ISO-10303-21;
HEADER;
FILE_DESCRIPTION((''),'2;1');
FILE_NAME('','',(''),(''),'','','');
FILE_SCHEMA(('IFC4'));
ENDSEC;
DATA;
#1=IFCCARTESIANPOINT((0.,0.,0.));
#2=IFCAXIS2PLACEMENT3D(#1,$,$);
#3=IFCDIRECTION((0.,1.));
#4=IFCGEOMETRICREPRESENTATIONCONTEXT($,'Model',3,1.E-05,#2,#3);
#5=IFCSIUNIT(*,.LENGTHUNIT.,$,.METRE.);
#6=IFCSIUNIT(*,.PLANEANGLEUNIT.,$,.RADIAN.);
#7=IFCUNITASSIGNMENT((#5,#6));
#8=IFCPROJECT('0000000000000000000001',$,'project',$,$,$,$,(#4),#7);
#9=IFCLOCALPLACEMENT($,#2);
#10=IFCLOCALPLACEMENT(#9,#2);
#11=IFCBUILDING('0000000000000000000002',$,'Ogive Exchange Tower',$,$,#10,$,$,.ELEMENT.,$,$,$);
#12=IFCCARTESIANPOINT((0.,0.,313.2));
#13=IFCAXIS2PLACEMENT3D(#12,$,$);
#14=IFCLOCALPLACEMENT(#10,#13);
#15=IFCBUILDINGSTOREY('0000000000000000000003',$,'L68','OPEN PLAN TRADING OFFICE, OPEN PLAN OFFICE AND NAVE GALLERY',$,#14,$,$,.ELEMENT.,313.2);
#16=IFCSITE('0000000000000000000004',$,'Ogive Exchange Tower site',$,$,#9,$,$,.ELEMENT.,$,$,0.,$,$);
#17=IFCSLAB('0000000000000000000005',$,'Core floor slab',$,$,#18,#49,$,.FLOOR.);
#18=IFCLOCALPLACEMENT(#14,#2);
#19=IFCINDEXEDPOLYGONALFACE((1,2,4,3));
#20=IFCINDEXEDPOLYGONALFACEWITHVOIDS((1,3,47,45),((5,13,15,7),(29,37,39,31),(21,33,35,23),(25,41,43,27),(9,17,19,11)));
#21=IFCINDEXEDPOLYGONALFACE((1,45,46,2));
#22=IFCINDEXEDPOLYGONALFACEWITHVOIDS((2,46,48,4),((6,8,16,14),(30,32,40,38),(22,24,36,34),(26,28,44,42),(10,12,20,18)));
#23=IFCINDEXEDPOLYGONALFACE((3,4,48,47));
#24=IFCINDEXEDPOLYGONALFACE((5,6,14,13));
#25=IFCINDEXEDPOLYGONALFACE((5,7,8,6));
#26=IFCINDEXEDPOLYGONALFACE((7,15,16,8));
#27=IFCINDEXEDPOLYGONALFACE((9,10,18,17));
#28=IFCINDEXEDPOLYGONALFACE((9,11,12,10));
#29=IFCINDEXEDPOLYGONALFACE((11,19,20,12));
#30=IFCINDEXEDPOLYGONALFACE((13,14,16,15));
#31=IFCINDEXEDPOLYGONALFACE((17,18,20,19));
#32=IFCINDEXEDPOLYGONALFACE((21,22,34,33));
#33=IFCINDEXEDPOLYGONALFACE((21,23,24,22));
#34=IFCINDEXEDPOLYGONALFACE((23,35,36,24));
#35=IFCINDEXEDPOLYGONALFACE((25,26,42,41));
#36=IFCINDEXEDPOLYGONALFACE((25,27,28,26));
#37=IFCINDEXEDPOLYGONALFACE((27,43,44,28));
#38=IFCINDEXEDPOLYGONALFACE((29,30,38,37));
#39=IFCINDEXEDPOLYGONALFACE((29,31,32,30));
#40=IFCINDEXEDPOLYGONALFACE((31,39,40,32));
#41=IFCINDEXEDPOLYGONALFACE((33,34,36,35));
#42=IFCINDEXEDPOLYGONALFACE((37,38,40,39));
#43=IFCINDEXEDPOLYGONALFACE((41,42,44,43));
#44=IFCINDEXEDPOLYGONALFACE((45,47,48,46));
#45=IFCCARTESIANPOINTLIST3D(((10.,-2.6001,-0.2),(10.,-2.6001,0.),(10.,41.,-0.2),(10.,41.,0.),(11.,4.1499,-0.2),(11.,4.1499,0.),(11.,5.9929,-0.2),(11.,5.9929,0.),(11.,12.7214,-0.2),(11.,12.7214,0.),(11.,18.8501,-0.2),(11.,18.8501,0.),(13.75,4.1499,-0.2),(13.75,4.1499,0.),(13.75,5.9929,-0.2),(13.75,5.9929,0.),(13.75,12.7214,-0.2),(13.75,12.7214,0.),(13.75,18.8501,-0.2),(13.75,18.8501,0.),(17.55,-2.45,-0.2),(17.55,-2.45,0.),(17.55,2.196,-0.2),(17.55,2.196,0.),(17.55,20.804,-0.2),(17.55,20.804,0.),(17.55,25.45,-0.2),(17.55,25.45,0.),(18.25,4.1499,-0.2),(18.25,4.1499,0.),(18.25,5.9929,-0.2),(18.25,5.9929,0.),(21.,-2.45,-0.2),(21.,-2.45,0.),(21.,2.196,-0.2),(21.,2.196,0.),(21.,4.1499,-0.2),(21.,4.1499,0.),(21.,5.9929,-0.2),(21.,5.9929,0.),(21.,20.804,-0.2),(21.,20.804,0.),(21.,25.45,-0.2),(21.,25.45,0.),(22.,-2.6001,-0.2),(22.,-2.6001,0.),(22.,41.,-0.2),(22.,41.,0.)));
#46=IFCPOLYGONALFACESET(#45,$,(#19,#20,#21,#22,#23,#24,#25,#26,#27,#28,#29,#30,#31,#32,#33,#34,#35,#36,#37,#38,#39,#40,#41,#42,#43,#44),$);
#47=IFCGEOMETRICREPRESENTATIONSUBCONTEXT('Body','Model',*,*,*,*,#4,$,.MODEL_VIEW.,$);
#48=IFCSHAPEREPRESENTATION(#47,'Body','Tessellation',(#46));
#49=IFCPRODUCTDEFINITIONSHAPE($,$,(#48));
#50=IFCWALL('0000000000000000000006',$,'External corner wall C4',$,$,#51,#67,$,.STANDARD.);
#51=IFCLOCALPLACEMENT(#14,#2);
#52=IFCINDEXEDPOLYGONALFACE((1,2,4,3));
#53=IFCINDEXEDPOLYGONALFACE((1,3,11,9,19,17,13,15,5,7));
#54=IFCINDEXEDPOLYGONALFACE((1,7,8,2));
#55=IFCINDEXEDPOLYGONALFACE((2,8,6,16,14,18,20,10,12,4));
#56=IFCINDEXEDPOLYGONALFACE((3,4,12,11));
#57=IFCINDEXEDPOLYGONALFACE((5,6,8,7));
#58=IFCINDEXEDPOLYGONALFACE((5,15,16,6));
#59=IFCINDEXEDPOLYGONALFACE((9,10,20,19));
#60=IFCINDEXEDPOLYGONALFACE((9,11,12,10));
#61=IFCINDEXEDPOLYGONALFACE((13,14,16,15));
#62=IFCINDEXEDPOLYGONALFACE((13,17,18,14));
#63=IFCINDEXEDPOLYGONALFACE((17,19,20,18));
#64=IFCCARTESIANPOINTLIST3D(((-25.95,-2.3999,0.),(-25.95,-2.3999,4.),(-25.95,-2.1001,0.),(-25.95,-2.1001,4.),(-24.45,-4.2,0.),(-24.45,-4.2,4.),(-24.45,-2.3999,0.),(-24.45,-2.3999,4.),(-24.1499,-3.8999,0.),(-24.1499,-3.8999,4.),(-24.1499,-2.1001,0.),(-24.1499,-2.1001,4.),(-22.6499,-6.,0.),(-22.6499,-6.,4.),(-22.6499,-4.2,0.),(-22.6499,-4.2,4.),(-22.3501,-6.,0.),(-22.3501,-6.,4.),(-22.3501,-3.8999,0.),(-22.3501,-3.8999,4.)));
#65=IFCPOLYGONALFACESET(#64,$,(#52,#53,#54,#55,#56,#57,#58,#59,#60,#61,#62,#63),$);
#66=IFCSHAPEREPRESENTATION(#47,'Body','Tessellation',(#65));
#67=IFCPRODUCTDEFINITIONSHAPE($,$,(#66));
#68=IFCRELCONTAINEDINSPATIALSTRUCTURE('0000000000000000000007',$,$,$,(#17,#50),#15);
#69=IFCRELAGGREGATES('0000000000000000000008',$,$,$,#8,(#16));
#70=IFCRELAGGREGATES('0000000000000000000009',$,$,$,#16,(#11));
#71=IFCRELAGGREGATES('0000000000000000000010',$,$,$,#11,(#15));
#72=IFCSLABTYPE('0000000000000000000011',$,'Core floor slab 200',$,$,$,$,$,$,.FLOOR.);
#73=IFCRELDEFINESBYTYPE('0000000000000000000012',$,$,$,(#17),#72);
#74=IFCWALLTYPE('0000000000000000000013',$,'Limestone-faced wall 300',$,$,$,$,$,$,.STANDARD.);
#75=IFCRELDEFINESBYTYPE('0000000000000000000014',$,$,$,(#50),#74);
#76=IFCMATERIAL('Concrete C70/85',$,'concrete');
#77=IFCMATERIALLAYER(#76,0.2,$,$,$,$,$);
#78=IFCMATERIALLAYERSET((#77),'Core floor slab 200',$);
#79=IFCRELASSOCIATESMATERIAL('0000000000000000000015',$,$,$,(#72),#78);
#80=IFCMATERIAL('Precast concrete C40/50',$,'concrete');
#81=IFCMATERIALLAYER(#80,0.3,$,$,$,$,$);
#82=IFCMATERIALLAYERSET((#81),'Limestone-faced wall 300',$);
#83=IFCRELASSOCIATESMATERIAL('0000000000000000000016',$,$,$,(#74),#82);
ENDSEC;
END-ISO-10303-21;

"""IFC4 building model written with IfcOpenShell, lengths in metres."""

from ifc_helpers import new_model, si_unit, direction, frame, origin, place, context, subcontext, project, spatial, polyline, outline, extrude, material, layer, layer_set, type_object, element, save


model = new_model("IFC4")

# Units and contexts
model_context = context("Model", 3, precision=1e-05, world=origin(), true_north=direction((0.0, 1.0)))
body_context = subcontext(model_context, "Body", "Model", "MODEL_VIEW")
ifc_project = project(units=[si_unit("LENGTHUNIT", "METRE"), si_unit("PLANEANGLEUNIT", "RADIAN")], contexts=[model_context])

# Site, building, storey
site_placement = place(None, origin())
site = spatial("IfcSite", under=ifc_project, at=site_placement, Name="Ogive Exchange Tower site", CompositionType="ELEMENT", RefElevation=0.0)
building_placement = place(site_placement, origin())
building = spatial("IfcBuilding", under=site, at=building_placement, Name="Ogive Exchange Tower", CompositionType="ELEMENT")
storey_placement = place(building_placement, frame((0.0, 0.0, 313.2)))
storey = spatial("IfcBuildingStorey", under=building, at=storey_placement, Name="L68", Description="OPEN PLAN TRADING OFFICE, OPEN PLAN OFFICE AND NAVE GALLERY", CompositionType="ELEMENT", Elevation=313.2)

# Slab
ifc_material_1 = material(Name="Concrete C70/85", Category="concrete")
ifc_layer_1 = layer(ifc_material_1, 0.2)
ifc_layer_set_1 = layer_set([ifc_layer_1], Name="Core floor slab 200")
slab_type = type_object("IfcSlabType", Name="Core floor slab 200", PredefinedType="FLOOR", material=ifc_layer_set_1)
slab_1_placement = place(storey_placement, frame((0.0, 0.0, -0.2)))
element("IfcSlab", 1, at=slab_1_placement, inside=storey, type_object=slab_type, Name="Core floor slab", PredefinedType="FLOOR", context=body_context, shape_type="SweptSolid", body=[
    extrude(outline(polyline([(10.0, -2.6001), (10.0, 41.0), (22.0, 41.0), (22.0, -2.6001), (10.0, -2.6001)]), holes=[polyline([(21.0, 2.196), (17.55, 2.196), (17.55, -2.45), (21.0, -2.45), (21.0, 2.196)]), polyline([(11.0, 5.9929), (11.0, 4.1499), (13.75, 4.1499), (13.75, 5.9929), (11.0, 5.9929)]), polyline([(18.25, 5.9929), (18.25, 4.1499), (21.0, 4.1499), (21.0, 5.9929), (18.25, 5.9929)]), polyline([(13.75, 18.8501), (11.0, 18.8501), (11.0, 12.7214), (13.75, 12.7214), (13.75, 18.8501)]), polyline([(17.55, 25.45), (17.55, 20.804), (21.0, 20.804), (21.0, 25.45), (17.55, 25.45)])]), origin(), (0.0, 0.0, 1.0), 0.2),
])

# Wall
ifc_material_2 = material(Name="Precast concrete C40/50", Category="concrete")
ifc_layer_2 = layer(ifc_material_2, 0.3)
ifc_layer_set_2 = layer_set([ifc_layer_2], Name="Limestone-faced wall 300")
wall_type_1 = type_object("IfcWallType", Name="Limestone-faced wall 300", PredefinedType="STANDARD", material=ifc_layer_set_2)
wall_1_placement = place(storey_placement, origin())
element("IfcWall", 2, at=wall_1_placement, inside=storey, type_object=wall_type_1, Name="External corner wall C4", PredefinedType="STANDARD", context=body_context, shape_type="SweptSolid", body=[
    extrude(outline(polyline([(-22.6499, -4.2), (-24.45, -4.2), (-24.45, -2.3999), (-25.95, -2.3999), (-25.95, -2.1001), (-24.1499, -2.1001), (-24.1499, -3.8999), (-22.3501, -3.8999), (-22.3501, -6.0), (-22.6499, -6.0), (-22.6499, -4.2)])), origin(), (0.0, 0.0, 1.0), 4.0),
])

save(model, "model.ifc")
